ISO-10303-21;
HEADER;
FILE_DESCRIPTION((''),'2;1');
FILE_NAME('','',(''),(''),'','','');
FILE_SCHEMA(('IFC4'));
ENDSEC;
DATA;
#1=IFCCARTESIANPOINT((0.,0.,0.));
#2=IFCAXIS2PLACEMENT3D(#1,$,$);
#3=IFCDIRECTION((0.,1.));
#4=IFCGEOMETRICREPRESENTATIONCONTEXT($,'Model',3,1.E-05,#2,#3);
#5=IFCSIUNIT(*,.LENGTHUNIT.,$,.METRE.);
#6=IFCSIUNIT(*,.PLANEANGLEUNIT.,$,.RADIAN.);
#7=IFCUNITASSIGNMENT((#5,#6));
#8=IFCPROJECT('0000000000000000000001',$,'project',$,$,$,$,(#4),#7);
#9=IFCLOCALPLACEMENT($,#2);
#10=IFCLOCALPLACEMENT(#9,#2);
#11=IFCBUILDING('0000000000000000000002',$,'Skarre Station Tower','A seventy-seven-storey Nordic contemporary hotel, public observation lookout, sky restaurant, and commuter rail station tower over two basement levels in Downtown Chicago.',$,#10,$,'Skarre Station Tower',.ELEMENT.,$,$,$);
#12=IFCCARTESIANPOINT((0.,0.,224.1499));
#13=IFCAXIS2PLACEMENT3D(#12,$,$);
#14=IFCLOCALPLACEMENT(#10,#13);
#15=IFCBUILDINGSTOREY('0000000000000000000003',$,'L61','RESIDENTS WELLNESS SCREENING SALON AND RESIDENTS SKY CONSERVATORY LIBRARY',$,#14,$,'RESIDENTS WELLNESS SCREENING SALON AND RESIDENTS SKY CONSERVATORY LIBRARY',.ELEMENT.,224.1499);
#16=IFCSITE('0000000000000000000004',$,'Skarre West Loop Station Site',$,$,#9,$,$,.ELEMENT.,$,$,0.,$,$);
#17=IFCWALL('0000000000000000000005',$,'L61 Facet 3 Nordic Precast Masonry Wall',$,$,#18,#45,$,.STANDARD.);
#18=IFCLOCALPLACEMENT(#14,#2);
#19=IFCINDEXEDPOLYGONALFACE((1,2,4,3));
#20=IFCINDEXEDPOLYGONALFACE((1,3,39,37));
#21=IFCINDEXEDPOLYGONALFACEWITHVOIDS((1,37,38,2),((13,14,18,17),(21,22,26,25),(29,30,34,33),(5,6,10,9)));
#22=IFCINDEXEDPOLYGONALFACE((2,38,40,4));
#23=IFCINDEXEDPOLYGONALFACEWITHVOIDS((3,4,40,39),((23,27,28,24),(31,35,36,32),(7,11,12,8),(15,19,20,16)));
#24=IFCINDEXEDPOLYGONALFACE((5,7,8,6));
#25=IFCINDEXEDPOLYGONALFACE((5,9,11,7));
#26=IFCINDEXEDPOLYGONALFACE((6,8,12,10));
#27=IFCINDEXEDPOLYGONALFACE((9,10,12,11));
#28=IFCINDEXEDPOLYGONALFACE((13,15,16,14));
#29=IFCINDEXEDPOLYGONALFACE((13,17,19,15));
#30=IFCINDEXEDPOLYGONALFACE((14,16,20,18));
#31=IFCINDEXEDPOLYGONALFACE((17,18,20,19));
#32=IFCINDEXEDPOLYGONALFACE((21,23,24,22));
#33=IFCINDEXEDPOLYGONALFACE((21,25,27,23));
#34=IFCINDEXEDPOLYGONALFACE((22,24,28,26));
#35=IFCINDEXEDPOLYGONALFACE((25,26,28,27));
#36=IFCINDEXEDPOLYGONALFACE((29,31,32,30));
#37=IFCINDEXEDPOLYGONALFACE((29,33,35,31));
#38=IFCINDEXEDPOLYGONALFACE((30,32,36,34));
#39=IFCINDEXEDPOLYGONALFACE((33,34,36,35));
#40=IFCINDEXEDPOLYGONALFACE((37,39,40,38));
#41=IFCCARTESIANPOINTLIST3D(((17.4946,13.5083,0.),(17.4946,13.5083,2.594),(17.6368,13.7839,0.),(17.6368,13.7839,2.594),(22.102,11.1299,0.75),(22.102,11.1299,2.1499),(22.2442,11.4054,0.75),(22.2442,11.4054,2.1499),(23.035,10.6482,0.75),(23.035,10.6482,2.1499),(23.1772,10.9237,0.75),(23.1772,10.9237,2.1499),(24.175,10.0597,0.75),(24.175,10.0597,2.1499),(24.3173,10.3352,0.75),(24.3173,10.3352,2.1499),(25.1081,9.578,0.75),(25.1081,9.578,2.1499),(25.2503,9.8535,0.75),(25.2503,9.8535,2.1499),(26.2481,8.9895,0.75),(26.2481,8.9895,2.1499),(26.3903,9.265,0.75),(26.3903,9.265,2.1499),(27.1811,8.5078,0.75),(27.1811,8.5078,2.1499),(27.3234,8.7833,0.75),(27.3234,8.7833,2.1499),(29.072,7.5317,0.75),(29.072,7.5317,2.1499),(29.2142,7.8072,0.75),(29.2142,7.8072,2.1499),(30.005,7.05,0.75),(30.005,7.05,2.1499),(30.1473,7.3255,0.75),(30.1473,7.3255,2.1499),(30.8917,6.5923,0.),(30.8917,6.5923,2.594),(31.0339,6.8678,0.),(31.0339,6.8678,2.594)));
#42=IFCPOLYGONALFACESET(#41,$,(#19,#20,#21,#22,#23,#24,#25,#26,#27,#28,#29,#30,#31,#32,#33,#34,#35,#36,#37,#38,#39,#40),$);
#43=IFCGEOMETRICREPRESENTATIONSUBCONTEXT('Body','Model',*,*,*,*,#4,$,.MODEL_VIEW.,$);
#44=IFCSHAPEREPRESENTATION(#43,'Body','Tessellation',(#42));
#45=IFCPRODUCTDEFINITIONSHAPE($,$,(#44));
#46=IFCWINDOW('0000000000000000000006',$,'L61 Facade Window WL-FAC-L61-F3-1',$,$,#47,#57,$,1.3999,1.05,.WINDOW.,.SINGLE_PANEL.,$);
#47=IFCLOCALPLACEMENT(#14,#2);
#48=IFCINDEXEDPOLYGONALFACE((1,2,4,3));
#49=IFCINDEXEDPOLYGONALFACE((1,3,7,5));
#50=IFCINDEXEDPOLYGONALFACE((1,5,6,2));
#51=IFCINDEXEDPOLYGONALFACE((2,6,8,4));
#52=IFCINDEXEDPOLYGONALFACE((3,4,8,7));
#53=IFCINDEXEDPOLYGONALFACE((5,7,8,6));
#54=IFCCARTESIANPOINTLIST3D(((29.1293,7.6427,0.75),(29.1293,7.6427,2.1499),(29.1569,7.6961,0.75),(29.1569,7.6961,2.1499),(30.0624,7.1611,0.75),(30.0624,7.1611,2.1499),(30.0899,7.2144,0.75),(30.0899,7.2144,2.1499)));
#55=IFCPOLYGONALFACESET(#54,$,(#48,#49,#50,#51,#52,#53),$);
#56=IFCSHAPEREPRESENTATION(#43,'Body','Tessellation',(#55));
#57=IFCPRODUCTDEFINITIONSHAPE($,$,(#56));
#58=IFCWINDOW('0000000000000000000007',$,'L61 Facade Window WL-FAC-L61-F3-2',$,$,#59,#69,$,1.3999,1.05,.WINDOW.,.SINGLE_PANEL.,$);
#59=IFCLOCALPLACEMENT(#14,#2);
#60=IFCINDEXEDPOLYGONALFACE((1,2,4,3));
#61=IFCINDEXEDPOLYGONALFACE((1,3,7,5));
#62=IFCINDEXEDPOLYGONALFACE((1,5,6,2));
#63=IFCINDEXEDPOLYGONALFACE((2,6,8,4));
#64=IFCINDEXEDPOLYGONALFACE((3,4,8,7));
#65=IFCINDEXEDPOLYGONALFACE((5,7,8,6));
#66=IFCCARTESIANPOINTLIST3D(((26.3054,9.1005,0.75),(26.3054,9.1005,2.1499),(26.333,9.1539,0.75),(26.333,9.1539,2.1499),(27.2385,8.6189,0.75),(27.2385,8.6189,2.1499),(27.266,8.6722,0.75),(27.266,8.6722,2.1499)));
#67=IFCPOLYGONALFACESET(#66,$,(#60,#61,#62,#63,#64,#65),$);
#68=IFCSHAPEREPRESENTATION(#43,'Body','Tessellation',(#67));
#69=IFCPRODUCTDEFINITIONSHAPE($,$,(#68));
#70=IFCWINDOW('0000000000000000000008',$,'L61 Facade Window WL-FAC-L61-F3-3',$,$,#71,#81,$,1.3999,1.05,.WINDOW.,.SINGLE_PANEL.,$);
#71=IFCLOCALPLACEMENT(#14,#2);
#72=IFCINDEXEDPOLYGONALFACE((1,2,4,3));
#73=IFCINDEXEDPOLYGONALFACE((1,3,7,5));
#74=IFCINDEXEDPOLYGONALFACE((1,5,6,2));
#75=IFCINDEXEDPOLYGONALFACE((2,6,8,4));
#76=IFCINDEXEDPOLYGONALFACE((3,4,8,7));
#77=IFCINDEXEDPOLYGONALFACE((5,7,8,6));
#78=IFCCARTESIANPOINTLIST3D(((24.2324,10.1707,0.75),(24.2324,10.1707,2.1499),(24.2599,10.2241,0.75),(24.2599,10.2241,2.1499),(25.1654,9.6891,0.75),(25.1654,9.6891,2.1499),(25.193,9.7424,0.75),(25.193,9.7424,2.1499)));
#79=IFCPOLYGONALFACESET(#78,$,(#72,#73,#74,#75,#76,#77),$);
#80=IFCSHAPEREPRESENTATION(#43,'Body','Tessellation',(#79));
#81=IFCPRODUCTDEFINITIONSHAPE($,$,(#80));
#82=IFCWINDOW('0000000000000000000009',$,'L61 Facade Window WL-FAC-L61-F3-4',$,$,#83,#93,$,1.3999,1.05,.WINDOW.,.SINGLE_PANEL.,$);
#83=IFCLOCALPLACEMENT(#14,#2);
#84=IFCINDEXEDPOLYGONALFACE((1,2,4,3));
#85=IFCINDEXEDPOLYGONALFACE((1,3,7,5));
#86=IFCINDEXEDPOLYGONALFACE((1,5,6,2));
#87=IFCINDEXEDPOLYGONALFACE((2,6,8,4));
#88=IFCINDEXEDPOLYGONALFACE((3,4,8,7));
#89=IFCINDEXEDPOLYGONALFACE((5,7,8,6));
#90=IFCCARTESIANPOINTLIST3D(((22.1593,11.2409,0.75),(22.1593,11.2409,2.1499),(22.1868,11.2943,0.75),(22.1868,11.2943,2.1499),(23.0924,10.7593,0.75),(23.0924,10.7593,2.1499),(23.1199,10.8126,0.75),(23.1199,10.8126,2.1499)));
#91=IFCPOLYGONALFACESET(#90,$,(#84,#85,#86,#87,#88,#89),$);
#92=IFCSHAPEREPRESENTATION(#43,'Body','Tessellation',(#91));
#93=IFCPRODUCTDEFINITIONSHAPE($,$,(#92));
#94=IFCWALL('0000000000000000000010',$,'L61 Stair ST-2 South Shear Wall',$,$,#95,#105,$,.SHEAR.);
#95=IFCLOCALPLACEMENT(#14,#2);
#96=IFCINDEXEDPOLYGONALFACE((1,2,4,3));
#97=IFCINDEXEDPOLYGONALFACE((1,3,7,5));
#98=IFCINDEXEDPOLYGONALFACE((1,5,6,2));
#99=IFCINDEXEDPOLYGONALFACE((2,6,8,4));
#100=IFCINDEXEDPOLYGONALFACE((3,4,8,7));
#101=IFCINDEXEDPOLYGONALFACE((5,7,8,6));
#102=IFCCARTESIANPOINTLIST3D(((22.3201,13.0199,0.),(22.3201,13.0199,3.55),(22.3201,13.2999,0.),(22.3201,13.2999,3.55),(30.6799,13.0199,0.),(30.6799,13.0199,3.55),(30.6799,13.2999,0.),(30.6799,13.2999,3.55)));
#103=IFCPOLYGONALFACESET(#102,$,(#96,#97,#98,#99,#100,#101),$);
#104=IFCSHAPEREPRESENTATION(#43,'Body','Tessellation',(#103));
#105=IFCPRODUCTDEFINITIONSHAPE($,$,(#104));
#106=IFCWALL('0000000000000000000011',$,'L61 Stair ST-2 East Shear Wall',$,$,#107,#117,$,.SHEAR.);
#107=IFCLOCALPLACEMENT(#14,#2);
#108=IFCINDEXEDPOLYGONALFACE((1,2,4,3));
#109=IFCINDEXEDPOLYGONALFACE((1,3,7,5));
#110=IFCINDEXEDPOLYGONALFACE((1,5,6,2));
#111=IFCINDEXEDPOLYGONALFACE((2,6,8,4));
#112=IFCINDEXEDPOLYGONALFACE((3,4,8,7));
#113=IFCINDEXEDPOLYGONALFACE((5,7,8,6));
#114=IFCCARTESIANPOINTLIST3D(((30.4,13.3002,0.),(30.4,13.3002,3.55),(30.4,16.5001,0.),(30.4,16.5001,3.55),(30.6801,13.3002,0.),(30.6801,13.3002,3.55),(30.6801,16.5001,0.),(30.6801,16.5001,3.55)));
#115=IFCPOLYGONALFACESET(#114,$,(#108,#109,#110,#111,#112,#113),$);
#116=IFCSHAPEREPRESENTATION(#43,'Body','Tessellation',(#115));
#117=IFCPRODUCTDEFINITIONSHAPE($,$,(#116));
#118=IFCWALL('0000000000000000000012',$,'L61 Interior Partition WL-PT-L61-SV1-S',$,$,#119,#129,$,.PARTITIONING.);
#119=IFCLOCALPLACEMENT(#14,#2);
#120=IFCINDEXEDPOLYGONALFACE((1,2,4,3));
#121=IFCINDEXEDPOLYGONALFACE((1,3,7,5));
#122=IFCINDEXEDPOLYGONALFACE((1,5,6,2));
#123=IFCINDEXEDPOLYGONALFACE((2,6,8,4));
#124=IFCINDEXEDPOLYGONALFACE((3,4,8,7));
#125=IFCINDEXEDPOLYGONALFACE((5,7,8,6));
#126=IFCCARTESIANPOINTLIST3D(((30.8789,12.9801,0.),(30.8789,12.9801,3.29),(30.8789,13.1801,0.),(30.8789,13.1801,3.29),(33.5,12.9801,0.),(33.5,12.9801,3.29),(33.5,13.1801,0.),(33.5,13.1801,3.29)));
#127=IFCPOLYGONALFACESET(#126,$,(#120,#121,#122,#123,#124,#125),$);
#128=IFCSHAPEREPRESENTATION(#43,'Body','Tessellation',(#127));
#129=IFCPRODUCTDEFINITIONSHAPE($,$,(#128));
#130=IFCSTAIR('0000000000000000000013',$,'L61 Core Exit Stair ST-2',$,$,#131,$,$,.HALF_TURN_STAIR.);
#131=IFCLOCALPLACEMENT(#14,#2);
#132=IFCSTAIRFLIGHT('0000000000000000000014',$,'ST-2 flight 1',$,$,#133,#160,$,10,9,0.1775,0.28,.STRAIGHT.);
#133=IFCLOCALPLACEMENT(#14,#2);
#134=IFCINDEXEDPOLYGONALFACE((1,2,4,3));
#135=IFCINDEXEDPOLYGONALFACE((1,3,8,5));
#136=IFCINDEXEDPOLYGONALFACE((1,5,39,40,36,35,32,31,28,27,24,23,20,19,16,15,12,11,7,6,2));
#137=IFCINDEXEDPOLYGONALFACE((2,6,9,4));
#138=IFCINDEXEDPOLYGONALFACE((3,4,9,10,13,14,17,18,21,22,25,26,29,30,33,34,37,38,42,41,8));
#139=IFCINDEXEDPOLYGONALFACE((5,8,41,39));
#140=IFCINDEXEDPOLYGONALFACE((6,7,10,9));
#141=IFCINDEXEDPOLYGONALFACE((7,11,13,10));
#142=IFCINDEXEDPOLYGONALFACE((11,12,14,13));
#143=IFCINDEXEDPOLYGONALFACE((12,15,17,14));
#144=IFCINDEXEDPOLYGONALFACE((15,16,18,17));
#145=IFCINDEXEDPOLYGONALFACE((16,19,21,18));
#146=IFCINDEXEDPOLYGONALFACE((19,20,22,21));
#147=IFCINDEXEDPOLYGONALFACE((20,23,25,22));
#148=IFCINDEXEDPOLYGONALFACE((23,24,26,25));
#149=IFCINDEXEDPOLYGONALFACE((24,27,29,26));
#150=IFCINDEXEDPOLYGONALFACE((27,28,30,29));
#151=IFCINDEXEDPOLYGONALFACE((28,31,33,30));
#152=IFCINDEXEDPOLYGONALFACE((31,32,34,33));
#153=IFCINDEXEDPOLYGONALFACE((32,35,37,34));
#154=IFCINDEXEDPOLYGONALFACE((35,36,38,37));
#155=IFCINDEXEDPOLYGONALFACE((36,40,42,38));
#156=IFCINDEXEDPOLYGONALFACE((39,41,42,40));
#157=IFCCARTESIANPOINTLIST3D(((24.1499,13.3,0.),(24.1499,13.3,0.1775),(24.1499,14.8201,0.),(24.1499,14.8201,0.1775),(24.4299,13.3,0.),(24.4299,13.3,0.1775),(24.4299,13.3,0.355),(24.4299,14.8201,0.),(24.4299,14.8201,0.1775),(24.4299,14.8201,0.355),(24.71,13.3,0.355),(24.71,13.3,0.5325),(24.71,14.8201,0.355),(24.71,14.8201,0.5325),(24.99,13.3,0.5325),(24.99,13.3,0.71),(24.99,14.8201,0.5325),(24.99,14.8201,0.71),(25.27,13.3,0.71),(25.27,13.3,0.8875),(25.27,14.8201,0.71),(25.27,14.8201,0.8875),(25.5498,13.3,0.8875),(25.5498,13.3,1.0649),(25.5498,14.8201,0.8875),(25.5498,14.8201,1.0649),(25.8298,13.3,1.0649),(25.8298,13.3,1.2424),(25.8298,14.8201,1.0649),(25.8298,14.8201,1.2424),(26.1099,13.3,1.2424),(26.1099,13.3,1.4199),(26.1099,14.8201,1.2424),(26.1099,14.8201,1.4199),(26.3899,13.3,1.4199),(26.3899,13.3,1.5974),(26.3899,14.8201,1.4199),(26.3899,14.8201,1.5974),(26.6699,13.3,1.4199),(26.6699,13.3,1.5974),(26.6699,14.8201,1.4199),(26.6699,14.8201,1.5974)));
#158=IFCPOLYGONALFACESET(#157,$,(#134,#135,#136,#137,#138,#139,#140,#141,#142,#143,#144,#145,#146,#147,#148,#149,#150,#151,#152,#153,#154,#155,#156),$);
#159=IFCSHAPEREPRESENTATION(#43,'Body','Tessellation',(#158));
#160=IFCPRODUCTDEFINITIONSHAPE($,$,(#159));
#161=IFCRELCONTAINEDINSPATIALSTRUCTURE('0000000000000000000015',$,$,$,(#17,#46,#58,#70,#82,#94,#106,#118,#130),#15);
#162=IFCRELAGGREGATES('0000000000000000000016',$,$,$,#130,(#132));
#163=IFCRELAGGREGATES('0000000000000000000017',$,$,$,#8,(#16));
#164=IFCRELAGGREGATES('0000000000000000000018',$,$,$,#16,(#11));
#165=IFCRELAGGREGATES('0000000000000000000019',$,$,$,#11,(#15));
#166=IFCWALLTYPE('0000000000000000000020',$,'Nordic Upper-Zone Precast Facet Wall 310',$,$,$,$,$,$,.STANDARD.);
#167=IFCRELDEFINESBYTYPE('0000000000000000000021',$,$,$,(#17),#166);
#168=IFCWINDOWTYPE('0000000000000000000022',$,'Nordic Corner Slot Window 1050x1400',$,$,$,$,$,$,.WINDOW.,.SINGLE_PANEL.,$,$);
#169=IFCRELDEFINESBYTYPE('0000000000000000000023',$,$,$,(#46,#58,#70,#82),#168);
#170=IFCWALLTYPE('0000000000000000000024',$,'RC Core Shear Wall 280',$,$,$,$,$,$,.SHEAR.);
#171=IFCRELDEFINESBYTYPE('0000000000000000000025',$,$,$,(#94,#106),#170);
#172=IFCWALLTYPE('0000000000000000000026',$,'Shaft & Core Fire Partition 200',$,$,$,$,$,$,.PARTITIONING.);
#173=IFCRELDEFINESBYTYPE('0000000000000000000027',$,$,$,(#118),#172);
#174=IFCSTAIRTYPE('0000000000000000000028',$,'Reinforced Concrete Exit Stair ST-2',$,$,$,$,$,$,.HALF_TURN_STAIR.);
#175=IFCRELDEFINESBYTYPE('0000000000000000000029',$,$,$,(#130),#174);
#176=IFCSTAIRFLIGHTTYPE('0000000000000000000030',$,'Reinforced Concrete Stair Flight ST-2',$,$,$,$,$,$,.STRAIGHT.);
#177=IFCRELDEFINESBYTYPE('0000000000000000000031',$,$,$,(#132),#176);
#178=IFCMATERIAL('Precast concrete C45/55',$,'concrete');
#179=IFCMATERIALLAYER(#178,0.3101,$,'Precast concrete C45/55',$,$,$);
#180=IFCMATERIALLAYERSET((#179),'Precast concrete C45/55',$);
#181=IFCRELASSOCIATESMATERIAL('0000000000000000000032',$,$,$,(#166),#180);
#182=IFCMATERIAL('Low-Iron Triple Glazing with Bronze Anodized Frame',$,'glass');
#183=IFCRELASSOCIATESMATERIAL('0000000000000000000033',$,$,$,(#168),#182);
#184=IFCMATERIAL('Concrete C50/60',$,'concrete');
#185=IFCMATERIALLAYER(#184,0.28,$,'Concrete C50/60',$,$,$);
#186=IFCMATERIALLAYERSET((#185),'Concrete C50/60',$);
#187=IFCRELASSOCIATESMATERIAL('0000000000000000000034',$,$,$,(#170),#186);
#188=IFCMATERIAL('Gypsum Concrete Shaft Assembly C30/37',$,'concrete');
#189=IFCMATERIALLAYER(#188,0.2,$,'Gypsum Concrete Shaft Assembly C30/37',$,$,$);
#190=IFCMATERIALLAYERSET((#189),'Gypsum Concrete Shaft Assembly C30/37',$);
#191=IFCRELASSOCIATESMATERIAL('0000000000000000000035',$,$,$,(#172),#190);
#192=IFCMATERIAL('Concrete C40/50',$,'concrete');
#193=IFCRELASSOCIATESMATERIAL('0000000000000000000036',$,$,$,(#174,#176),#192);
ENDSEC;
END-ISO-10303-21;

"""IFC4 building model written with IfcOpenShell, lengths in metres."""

from ifc_helpers import new_model, si_unit, direction, frame, frame_2d, origin, place, context, subcontext, project, spatial, polyline, rectangle, outline, extrude, material, layer, layer_set, type_object, element, fill, aggregate, save


model = new_model("IFC4")

# Units and contexts
model_context = context("Model", 3, precision=1e-05, world=origin(), true_north=direction((0.0, 1.0)))
body_context = subcontext(model_context, "Body", "Model", "MODEL_VIEW")
ifc_project = project(units=[si_unit("LENGTHUNIT", "METRE"), si_unit("PLANEANGLEUNIT", "RADIAN")], contexts=[model_context])

# Site, building, storey
site_placement = place(None, origin())
site = spatial("IfcSite", under=ifc_project, at=site_placement, Name="Skarre West Loop Station Site", CompositionType="ELEMENT", RefElevation=0.0)
building_placement = place(site_placement, origin())
building = spatial("IfcBuilding", under=site, at=building_placement, Name="Skarre Station Tower", Description="A seventy-seven-storey Nordic contemporary hotel, public observation lookout, sky restaurant, and commuter rail station tower over two basement levels in Downtown Chicago.", LongName="Skarre Station Tower", CompositionType="ELEMENT")
storey_placement = place(building_placement, frame((0.0, 0.0, 224.1499)))
storey = spatial("IfcBuildingStorey", under=building, at=storey_placement, Name="L61", Description="RESIDENTS WELLNESS SCREENING SALON AND RESIDENTS SKY CONSERVATORY LIBRARY", LongName="RESIDENTS WELLNESS SCREENING SALON AND RESIDENTS SKY CONSERVATORY LIBRARY", CompositionType="ELEMENT", Elevation=224.1499)

# Shared definitions
ifc_material_1 = material(Name="Concrete C50/60", Category="concrete")

# Wall, openings, windows
ifc_material_2 = material(Name="Precast concrete C45/55", Category="concrete")
ifc_layer_1 = layer(ifc_material_2, 0.3101, Name="Precast concrete C45/55")
ifc_layer_set_1 = layer_set([ifc_layer_1], Name="Precast concrete C45/55")
wall_type_1 = type_object("IfcWallType", Name="Nordic Upper-Zone Precast Facet Wall 310", PredefinedType="STANDARD", material=ifc_layer_set_1)
wall_1_placement = place(storey_placement, frame((30.9629, 6.73, 0.0), z_axis=(0.0, 0.0, 1.0), x_axis=(-0.888581, 0.458719, 0.0)))
wall_1 = element("IfcWall", 1, at=wall_1_placement, inside=storey, type_object=wall_type_1, Name="L61 Facet 3 Nordic Precast Masonry Wall", PredefinedType="STANDARD", context=body_context, shape_type="SweptSolid", body=[
    extrude(rectangle(XDim=15.0769, YDim=0.3101, at=frame_2d((7.5386, 0.0))), origin(), (0.0, 0.0, 1.0), 2.594),
])
opening_1_placement = place(wall_1_placement, frame((0.998, 0.0, 0.75)))
opening_1 = element("IfcOpeningElement", 2, at=opening_1_placement, cuts=wall_1, PredefinedType="OPENING", context=body_context, shape_type="SweptSolid", body=[
    extrude(rectangle(XDim=1.05, YDim=1.3999, at=frame_2d((0.5249, 0.7))), frame((0.0, 0.165, 0.0), z_axis=(0.0, -1.0, 0.0), x_axis=(1.0, 0.0, 0.0)), (0.0, 0.0, 1.0), 0.3301),
])
opening_2_placement = place(wall_1_placement, frame((4.176, 0.0, 0.75)))
opening_2 = element("IfcOpeningElement", 3, at=opening_2_placement, cuts=wall_1, PredefinedType="OPENING", context=body_context, shape_type="SweptSolid", body=[
    extrude(rectangle(XDim=1.05, YDim=1.3999, at=frame_2d((0.5249, 0.7))), frame((0.0, 0.165, 0.0), z_axis=(0.0, -1.0, 0.0), x_axis=(1.0, 0.0, 0.0)), (0.0, 0.0, 1.0), 0.3301),
])
opening_3_placement = place(wall_1_placement, frame((6.509, 0.0, 0.75)))
opening_3 = element("IfcOpeningElement", 4, at=opening_3_placement, cuts=wall_1, PredefinedType="OPENING", context=body_context, shape_type="SweptSolid", body=[
    extrude(rectangle(XDim=1.05, YDim=1.3999, at=frame_2d((0.5249, 0.7))), frame((0.0, 0.165, 0.0), z_axis=(0.0, -1.0, 0.0), x_axis=(1.0, 0.0, 0.0)), (0.0, 0.0, 1.0), 0.3301),
])
opening_4_placement = place(wall_1_placement, frame((8.842, 0.0, 0.75)))
opening_4 = element("IfcOpeningElement", 5, at=opening_4_placement, cuts=wall_1, PredefinedType="OPENING", context=body_context, shape_type="SweptSolid", body=[
    extrude(rectangle(XDim=1.05, YDim=1.3999, at=frame_2d((0.5249, 0.7))), frame((0.0, 0.165, 0.0), z_axis=(0.0, -1.0, 0.0), x_axis=(1.0, 0.0, 0.0)), (0.0, 0.0, 1.0), 0.3301),
])
ifc_material_3 = material(Name="Low-Iron Triple Glazing with Bronze Anodized Frame", Category="glass")
window_type = type_object("IfcWindowType", Name="Nordic Corner Slot Window 1050x1400", PartitioningType="SINGLE_PANEL", PredefinedType="WINDOW", material=ifc_material_3)
window_1_placement = place(opening_1_placement, origin())
window_1 = element("IfcWindow", 6, at=window_1_placement, inside=storey, type_object=window_type, Name="L61 Facade Window WL-FAC-L61-F3-1", OverallHeight=1.3999, OverallWidth=1.05, PartitioningType="SINGLE_PANEL", PredefinedType="WINDOW", context=body_context, shape_type="SweptSolid", body=[
    extrude(rectangle(XDim=1.05, YDim=1.3999, at=frame_2d((0.5249, 0.7))), frame((0.0, 0.03, 0.0), z_axis=(0.0, -1.0, 0.0), x_axis=(1.0, 0.0, 0.0)), (0.0, 0.0, 1.0), 0.0601),
])
fill(opening_1, window_1)
window_2_placement = place(opening_2_placement, origin())
window_2 = element("IfcWindow", 7, at=window_2_placement, inside=storey, type_object=window_type, Name="L61 Facade Window WL-FAC-L61-F3-2", OverallHeight=1.3999, OverallWidth=1.05, PartitioningType="SINGLE_PANEL", PredefinedType="WINDOW", context=body_context, shape_type="SweptSolid", body=[
    extrude(rectangle(XDim=1.05, YDim=1.3999, at=frame_2d((0.5249, 0.7))), frame((0.0, 0.03, 0.0), z_axis=(0.0, -1.0, 0.0), x_axis=(1.0, 0.0, 0.0)), (0.0, 0.0, 1.0), 0.0601),
])
fill(opening_2, window_2)
window_3_placement = place(opening_3_placement, origin())
window_3 = element("IfcWindow", 8, at=window_3_placement, inside=storey, type_object=window_type, Name="L61 Facade Window WL-FAC-L61-F3-3", OverallHeight=1.3999, OverallWidth=1.05, PartitioningType="SINGLE_PANEL", PredefinedType="WINDOW", context=body_context, shape_type="SweptSolid", body=[
    extrude(rectangle(XDim=1.05, YDim=1.3999, at=frame_2d((0.5249, 0.7))), frame((0.0, 0.03, 0.0), z_axis=(0.0, -1.0, 0.0), x_axis=(1.0, 0.0, 0.0)), (0.0, 0.0, 1.0), 0.0601),
])
fill(opening_3, window_3)
window_4_placement = place(opening_4_placement, origin())
window_4 = element("IfcWindow", 9, at=window_4_placement, inside=storey, type_object=window_type, Name="L61 Facade Window WL-FAC-L61-F3-4", OverallHeight=1.3999, OverallWidth=1.05, PartitioningType="SINGLE_PANEL", PredefinedType="WINDOW", context=body_context, shape_type="SweptSolid", body=[
    extrude(rectangle(XDim=1.05, YDim=1.3999, at=frame_2d((0.5249, 0.7))), frame((0.0, 0.03, 0.0), z_axis=(0.0, -1.0, 0.0), x_axis=(1.0, 0.0, 0.0)), (0.0, 0.0, 1.0), 0.0601),
])
fill(opening_4, window_4)

# Walls
ifc_layer_2 = layer(ifc_material_1, 0.28, Name="Concrete C50/60")
ifc_layer_set_2 = layer_set([ifc_layer_2], Name="Concrete C50/60")
wall_type_2 = type_object("IfcWallType", Name="RC Core Shear Wall 280", PredefinedType="SHEAR", material=ifc_layer_set_2)
wall_2_placement = place(storey_placement, frame((22.3201, 13.1599, 0.0), z_axis=(0.0, 0.0, 1.0), x_axis=(1.0, 0.0, 0.0)))
element("IfcWall", 10, at=wall_2_placement, inside=storey, type_object=wall_type_2, Name="L61 Stair ST-2 South Shear Wall", PredefinedType="SHEAR", context=body_context, shape_type="SweptSolid", body=[
    extrude(rectangle(XDim=8.3599, YDim=0.28, at=frame_2d((4.1799, 0.0))), origin(), (0.0, 0.0, 1.0), 3.55),
])
wall_3_placement = place(storey_placement, frame((30.54, 13.3, 0.0), z_axis=(0.0, 0.0, 1.0), x_axis=(0.0, 1.0, 0.0)))
element("IfcWall", 11, at=wall_3_placement, inside=storey, type_object=wall_type_2, Name="L61 Stair ST-2 East Shear Wall", PredefinedType="SHEAR", context=body_context, shape_type="SweptSolid", body=[
    extrude(rectangle(XDim=3.2, YDim=0.28, at=frame_2d((1.6001, 0.0))), origin(), (0.0, 0.0, 1.0), 3.55),
])
ifc_material_4 = material(Name="Gypsum Concrete Shaft Assembly C30/37", Category="concrete")
ifc_layer_3 = layer(ifc_material_4, 0.2, Name="Gypsum Concrete Shaft Assembly C30/37")
ifc_layer_set_3 = layer_set([ifc_layer_3], Name="Gypsum Concrete Shaft Assembly C30/37")
wall_type_3 = type_object("IfcWallType", Name="Shaft & Core Fire Partition 200", PredefinedType="PARTITIONING", material=ifc_layer_set_3)
wall_4_placement = place(storey_placement, frame((30.8789, 13.0801, 0.0), z_axis=(0.0, 0.0, 1.0), x_axis=(1.0, 0.0, 0.0)))
element("IfcWall", 12, at=wall_4_placement, inside=storey, type_object=wall_type_3, Name="L61 Interior Partition WL-PT-L61-SV1-S", PredefinedType="PARTITIONING", context=body_context, shape_type="SweptSolid", body=[
    extrude(rectangle(XDim=2.6211, YDim=0.2, at=frame_2d((1.3105, 0.0))), origin(), (0.0, 0.0, 1.0), 3.29),
])

# Stair, stair flight
ifc_material_5 = material(Name="Concrete C40/50", Category="concrete")
stair_type = type_object("IfcStairType", Name="Reinforced Concrete Exit Stair ST-2", PredefinedType="HALF_TURN_STAIR", material=ifc_material_5)
stair_placement = place(storey_placement, origin())
stair = element("IfcStair", 13, at=stair_placement, inside=storey, type_object=stair_type, Name="L61 Core Exit Stair ST-2", PredefinedType="HALF_TURN_STAIR")
stair_flight_type = type_object("IfcStairFlightType", Name="Reinforced Concrete Stair Flight ST-2", PredefinedType="STRAIGHT", material=ifc_material_5)
stair_flight_placement = place(storey_placement, frame((24.1499, 14.0601, 0.0), z_axis=(0.0, 0.0, 1.0), x_axis=(1.0, 0.0, 0.0)))
stair_flight = element("IfcStairFlight", 14, at=stair_flight_placement, type_object=stair_flight_type, Name="ST-2 flight 1", NumberOfRisers=10, NumberOfTreads=9, PredefinedType="STRAIGHT", RiserHeight=0.1775, TreadLength=0.28, context=body_context, shape_type="SweptSolid", body=[
    extrude(outline(polyline([(0.0, 0.0), (0.0, 0.1775), (0.28, 0.1775), (0.28, 0.355), (0.5601, 0.355), (0.5601, 0.5325), (0.8401, 0.5325), (0.8401, 0.71), (1.1201, 0.71), (1.1201, 0.8875), (1.3999, 0.8875), (1.3999, 1.0649), (1.6799, 1.0649), (1.6799, 1.2424), (1.96, 1.2424), (1.96, 1.4199), (2.24, 1.4199), (2.24, 1.5974), (2.52, 1.5974), (2.52, 1.7749), (2.52, 1.4199), (0.28, 0.0), (0.0, 0.0)])), frame((0.0, 0.76, 0.0), z_axis=(0.0, -1.0, 0.0), x_axis=(1.0, 0.0, 0.0)), (0.0, 0.0, 1.0), 1.52),
])
aggregate(stair, [stair_flight])

save(model, "model.ifc")
